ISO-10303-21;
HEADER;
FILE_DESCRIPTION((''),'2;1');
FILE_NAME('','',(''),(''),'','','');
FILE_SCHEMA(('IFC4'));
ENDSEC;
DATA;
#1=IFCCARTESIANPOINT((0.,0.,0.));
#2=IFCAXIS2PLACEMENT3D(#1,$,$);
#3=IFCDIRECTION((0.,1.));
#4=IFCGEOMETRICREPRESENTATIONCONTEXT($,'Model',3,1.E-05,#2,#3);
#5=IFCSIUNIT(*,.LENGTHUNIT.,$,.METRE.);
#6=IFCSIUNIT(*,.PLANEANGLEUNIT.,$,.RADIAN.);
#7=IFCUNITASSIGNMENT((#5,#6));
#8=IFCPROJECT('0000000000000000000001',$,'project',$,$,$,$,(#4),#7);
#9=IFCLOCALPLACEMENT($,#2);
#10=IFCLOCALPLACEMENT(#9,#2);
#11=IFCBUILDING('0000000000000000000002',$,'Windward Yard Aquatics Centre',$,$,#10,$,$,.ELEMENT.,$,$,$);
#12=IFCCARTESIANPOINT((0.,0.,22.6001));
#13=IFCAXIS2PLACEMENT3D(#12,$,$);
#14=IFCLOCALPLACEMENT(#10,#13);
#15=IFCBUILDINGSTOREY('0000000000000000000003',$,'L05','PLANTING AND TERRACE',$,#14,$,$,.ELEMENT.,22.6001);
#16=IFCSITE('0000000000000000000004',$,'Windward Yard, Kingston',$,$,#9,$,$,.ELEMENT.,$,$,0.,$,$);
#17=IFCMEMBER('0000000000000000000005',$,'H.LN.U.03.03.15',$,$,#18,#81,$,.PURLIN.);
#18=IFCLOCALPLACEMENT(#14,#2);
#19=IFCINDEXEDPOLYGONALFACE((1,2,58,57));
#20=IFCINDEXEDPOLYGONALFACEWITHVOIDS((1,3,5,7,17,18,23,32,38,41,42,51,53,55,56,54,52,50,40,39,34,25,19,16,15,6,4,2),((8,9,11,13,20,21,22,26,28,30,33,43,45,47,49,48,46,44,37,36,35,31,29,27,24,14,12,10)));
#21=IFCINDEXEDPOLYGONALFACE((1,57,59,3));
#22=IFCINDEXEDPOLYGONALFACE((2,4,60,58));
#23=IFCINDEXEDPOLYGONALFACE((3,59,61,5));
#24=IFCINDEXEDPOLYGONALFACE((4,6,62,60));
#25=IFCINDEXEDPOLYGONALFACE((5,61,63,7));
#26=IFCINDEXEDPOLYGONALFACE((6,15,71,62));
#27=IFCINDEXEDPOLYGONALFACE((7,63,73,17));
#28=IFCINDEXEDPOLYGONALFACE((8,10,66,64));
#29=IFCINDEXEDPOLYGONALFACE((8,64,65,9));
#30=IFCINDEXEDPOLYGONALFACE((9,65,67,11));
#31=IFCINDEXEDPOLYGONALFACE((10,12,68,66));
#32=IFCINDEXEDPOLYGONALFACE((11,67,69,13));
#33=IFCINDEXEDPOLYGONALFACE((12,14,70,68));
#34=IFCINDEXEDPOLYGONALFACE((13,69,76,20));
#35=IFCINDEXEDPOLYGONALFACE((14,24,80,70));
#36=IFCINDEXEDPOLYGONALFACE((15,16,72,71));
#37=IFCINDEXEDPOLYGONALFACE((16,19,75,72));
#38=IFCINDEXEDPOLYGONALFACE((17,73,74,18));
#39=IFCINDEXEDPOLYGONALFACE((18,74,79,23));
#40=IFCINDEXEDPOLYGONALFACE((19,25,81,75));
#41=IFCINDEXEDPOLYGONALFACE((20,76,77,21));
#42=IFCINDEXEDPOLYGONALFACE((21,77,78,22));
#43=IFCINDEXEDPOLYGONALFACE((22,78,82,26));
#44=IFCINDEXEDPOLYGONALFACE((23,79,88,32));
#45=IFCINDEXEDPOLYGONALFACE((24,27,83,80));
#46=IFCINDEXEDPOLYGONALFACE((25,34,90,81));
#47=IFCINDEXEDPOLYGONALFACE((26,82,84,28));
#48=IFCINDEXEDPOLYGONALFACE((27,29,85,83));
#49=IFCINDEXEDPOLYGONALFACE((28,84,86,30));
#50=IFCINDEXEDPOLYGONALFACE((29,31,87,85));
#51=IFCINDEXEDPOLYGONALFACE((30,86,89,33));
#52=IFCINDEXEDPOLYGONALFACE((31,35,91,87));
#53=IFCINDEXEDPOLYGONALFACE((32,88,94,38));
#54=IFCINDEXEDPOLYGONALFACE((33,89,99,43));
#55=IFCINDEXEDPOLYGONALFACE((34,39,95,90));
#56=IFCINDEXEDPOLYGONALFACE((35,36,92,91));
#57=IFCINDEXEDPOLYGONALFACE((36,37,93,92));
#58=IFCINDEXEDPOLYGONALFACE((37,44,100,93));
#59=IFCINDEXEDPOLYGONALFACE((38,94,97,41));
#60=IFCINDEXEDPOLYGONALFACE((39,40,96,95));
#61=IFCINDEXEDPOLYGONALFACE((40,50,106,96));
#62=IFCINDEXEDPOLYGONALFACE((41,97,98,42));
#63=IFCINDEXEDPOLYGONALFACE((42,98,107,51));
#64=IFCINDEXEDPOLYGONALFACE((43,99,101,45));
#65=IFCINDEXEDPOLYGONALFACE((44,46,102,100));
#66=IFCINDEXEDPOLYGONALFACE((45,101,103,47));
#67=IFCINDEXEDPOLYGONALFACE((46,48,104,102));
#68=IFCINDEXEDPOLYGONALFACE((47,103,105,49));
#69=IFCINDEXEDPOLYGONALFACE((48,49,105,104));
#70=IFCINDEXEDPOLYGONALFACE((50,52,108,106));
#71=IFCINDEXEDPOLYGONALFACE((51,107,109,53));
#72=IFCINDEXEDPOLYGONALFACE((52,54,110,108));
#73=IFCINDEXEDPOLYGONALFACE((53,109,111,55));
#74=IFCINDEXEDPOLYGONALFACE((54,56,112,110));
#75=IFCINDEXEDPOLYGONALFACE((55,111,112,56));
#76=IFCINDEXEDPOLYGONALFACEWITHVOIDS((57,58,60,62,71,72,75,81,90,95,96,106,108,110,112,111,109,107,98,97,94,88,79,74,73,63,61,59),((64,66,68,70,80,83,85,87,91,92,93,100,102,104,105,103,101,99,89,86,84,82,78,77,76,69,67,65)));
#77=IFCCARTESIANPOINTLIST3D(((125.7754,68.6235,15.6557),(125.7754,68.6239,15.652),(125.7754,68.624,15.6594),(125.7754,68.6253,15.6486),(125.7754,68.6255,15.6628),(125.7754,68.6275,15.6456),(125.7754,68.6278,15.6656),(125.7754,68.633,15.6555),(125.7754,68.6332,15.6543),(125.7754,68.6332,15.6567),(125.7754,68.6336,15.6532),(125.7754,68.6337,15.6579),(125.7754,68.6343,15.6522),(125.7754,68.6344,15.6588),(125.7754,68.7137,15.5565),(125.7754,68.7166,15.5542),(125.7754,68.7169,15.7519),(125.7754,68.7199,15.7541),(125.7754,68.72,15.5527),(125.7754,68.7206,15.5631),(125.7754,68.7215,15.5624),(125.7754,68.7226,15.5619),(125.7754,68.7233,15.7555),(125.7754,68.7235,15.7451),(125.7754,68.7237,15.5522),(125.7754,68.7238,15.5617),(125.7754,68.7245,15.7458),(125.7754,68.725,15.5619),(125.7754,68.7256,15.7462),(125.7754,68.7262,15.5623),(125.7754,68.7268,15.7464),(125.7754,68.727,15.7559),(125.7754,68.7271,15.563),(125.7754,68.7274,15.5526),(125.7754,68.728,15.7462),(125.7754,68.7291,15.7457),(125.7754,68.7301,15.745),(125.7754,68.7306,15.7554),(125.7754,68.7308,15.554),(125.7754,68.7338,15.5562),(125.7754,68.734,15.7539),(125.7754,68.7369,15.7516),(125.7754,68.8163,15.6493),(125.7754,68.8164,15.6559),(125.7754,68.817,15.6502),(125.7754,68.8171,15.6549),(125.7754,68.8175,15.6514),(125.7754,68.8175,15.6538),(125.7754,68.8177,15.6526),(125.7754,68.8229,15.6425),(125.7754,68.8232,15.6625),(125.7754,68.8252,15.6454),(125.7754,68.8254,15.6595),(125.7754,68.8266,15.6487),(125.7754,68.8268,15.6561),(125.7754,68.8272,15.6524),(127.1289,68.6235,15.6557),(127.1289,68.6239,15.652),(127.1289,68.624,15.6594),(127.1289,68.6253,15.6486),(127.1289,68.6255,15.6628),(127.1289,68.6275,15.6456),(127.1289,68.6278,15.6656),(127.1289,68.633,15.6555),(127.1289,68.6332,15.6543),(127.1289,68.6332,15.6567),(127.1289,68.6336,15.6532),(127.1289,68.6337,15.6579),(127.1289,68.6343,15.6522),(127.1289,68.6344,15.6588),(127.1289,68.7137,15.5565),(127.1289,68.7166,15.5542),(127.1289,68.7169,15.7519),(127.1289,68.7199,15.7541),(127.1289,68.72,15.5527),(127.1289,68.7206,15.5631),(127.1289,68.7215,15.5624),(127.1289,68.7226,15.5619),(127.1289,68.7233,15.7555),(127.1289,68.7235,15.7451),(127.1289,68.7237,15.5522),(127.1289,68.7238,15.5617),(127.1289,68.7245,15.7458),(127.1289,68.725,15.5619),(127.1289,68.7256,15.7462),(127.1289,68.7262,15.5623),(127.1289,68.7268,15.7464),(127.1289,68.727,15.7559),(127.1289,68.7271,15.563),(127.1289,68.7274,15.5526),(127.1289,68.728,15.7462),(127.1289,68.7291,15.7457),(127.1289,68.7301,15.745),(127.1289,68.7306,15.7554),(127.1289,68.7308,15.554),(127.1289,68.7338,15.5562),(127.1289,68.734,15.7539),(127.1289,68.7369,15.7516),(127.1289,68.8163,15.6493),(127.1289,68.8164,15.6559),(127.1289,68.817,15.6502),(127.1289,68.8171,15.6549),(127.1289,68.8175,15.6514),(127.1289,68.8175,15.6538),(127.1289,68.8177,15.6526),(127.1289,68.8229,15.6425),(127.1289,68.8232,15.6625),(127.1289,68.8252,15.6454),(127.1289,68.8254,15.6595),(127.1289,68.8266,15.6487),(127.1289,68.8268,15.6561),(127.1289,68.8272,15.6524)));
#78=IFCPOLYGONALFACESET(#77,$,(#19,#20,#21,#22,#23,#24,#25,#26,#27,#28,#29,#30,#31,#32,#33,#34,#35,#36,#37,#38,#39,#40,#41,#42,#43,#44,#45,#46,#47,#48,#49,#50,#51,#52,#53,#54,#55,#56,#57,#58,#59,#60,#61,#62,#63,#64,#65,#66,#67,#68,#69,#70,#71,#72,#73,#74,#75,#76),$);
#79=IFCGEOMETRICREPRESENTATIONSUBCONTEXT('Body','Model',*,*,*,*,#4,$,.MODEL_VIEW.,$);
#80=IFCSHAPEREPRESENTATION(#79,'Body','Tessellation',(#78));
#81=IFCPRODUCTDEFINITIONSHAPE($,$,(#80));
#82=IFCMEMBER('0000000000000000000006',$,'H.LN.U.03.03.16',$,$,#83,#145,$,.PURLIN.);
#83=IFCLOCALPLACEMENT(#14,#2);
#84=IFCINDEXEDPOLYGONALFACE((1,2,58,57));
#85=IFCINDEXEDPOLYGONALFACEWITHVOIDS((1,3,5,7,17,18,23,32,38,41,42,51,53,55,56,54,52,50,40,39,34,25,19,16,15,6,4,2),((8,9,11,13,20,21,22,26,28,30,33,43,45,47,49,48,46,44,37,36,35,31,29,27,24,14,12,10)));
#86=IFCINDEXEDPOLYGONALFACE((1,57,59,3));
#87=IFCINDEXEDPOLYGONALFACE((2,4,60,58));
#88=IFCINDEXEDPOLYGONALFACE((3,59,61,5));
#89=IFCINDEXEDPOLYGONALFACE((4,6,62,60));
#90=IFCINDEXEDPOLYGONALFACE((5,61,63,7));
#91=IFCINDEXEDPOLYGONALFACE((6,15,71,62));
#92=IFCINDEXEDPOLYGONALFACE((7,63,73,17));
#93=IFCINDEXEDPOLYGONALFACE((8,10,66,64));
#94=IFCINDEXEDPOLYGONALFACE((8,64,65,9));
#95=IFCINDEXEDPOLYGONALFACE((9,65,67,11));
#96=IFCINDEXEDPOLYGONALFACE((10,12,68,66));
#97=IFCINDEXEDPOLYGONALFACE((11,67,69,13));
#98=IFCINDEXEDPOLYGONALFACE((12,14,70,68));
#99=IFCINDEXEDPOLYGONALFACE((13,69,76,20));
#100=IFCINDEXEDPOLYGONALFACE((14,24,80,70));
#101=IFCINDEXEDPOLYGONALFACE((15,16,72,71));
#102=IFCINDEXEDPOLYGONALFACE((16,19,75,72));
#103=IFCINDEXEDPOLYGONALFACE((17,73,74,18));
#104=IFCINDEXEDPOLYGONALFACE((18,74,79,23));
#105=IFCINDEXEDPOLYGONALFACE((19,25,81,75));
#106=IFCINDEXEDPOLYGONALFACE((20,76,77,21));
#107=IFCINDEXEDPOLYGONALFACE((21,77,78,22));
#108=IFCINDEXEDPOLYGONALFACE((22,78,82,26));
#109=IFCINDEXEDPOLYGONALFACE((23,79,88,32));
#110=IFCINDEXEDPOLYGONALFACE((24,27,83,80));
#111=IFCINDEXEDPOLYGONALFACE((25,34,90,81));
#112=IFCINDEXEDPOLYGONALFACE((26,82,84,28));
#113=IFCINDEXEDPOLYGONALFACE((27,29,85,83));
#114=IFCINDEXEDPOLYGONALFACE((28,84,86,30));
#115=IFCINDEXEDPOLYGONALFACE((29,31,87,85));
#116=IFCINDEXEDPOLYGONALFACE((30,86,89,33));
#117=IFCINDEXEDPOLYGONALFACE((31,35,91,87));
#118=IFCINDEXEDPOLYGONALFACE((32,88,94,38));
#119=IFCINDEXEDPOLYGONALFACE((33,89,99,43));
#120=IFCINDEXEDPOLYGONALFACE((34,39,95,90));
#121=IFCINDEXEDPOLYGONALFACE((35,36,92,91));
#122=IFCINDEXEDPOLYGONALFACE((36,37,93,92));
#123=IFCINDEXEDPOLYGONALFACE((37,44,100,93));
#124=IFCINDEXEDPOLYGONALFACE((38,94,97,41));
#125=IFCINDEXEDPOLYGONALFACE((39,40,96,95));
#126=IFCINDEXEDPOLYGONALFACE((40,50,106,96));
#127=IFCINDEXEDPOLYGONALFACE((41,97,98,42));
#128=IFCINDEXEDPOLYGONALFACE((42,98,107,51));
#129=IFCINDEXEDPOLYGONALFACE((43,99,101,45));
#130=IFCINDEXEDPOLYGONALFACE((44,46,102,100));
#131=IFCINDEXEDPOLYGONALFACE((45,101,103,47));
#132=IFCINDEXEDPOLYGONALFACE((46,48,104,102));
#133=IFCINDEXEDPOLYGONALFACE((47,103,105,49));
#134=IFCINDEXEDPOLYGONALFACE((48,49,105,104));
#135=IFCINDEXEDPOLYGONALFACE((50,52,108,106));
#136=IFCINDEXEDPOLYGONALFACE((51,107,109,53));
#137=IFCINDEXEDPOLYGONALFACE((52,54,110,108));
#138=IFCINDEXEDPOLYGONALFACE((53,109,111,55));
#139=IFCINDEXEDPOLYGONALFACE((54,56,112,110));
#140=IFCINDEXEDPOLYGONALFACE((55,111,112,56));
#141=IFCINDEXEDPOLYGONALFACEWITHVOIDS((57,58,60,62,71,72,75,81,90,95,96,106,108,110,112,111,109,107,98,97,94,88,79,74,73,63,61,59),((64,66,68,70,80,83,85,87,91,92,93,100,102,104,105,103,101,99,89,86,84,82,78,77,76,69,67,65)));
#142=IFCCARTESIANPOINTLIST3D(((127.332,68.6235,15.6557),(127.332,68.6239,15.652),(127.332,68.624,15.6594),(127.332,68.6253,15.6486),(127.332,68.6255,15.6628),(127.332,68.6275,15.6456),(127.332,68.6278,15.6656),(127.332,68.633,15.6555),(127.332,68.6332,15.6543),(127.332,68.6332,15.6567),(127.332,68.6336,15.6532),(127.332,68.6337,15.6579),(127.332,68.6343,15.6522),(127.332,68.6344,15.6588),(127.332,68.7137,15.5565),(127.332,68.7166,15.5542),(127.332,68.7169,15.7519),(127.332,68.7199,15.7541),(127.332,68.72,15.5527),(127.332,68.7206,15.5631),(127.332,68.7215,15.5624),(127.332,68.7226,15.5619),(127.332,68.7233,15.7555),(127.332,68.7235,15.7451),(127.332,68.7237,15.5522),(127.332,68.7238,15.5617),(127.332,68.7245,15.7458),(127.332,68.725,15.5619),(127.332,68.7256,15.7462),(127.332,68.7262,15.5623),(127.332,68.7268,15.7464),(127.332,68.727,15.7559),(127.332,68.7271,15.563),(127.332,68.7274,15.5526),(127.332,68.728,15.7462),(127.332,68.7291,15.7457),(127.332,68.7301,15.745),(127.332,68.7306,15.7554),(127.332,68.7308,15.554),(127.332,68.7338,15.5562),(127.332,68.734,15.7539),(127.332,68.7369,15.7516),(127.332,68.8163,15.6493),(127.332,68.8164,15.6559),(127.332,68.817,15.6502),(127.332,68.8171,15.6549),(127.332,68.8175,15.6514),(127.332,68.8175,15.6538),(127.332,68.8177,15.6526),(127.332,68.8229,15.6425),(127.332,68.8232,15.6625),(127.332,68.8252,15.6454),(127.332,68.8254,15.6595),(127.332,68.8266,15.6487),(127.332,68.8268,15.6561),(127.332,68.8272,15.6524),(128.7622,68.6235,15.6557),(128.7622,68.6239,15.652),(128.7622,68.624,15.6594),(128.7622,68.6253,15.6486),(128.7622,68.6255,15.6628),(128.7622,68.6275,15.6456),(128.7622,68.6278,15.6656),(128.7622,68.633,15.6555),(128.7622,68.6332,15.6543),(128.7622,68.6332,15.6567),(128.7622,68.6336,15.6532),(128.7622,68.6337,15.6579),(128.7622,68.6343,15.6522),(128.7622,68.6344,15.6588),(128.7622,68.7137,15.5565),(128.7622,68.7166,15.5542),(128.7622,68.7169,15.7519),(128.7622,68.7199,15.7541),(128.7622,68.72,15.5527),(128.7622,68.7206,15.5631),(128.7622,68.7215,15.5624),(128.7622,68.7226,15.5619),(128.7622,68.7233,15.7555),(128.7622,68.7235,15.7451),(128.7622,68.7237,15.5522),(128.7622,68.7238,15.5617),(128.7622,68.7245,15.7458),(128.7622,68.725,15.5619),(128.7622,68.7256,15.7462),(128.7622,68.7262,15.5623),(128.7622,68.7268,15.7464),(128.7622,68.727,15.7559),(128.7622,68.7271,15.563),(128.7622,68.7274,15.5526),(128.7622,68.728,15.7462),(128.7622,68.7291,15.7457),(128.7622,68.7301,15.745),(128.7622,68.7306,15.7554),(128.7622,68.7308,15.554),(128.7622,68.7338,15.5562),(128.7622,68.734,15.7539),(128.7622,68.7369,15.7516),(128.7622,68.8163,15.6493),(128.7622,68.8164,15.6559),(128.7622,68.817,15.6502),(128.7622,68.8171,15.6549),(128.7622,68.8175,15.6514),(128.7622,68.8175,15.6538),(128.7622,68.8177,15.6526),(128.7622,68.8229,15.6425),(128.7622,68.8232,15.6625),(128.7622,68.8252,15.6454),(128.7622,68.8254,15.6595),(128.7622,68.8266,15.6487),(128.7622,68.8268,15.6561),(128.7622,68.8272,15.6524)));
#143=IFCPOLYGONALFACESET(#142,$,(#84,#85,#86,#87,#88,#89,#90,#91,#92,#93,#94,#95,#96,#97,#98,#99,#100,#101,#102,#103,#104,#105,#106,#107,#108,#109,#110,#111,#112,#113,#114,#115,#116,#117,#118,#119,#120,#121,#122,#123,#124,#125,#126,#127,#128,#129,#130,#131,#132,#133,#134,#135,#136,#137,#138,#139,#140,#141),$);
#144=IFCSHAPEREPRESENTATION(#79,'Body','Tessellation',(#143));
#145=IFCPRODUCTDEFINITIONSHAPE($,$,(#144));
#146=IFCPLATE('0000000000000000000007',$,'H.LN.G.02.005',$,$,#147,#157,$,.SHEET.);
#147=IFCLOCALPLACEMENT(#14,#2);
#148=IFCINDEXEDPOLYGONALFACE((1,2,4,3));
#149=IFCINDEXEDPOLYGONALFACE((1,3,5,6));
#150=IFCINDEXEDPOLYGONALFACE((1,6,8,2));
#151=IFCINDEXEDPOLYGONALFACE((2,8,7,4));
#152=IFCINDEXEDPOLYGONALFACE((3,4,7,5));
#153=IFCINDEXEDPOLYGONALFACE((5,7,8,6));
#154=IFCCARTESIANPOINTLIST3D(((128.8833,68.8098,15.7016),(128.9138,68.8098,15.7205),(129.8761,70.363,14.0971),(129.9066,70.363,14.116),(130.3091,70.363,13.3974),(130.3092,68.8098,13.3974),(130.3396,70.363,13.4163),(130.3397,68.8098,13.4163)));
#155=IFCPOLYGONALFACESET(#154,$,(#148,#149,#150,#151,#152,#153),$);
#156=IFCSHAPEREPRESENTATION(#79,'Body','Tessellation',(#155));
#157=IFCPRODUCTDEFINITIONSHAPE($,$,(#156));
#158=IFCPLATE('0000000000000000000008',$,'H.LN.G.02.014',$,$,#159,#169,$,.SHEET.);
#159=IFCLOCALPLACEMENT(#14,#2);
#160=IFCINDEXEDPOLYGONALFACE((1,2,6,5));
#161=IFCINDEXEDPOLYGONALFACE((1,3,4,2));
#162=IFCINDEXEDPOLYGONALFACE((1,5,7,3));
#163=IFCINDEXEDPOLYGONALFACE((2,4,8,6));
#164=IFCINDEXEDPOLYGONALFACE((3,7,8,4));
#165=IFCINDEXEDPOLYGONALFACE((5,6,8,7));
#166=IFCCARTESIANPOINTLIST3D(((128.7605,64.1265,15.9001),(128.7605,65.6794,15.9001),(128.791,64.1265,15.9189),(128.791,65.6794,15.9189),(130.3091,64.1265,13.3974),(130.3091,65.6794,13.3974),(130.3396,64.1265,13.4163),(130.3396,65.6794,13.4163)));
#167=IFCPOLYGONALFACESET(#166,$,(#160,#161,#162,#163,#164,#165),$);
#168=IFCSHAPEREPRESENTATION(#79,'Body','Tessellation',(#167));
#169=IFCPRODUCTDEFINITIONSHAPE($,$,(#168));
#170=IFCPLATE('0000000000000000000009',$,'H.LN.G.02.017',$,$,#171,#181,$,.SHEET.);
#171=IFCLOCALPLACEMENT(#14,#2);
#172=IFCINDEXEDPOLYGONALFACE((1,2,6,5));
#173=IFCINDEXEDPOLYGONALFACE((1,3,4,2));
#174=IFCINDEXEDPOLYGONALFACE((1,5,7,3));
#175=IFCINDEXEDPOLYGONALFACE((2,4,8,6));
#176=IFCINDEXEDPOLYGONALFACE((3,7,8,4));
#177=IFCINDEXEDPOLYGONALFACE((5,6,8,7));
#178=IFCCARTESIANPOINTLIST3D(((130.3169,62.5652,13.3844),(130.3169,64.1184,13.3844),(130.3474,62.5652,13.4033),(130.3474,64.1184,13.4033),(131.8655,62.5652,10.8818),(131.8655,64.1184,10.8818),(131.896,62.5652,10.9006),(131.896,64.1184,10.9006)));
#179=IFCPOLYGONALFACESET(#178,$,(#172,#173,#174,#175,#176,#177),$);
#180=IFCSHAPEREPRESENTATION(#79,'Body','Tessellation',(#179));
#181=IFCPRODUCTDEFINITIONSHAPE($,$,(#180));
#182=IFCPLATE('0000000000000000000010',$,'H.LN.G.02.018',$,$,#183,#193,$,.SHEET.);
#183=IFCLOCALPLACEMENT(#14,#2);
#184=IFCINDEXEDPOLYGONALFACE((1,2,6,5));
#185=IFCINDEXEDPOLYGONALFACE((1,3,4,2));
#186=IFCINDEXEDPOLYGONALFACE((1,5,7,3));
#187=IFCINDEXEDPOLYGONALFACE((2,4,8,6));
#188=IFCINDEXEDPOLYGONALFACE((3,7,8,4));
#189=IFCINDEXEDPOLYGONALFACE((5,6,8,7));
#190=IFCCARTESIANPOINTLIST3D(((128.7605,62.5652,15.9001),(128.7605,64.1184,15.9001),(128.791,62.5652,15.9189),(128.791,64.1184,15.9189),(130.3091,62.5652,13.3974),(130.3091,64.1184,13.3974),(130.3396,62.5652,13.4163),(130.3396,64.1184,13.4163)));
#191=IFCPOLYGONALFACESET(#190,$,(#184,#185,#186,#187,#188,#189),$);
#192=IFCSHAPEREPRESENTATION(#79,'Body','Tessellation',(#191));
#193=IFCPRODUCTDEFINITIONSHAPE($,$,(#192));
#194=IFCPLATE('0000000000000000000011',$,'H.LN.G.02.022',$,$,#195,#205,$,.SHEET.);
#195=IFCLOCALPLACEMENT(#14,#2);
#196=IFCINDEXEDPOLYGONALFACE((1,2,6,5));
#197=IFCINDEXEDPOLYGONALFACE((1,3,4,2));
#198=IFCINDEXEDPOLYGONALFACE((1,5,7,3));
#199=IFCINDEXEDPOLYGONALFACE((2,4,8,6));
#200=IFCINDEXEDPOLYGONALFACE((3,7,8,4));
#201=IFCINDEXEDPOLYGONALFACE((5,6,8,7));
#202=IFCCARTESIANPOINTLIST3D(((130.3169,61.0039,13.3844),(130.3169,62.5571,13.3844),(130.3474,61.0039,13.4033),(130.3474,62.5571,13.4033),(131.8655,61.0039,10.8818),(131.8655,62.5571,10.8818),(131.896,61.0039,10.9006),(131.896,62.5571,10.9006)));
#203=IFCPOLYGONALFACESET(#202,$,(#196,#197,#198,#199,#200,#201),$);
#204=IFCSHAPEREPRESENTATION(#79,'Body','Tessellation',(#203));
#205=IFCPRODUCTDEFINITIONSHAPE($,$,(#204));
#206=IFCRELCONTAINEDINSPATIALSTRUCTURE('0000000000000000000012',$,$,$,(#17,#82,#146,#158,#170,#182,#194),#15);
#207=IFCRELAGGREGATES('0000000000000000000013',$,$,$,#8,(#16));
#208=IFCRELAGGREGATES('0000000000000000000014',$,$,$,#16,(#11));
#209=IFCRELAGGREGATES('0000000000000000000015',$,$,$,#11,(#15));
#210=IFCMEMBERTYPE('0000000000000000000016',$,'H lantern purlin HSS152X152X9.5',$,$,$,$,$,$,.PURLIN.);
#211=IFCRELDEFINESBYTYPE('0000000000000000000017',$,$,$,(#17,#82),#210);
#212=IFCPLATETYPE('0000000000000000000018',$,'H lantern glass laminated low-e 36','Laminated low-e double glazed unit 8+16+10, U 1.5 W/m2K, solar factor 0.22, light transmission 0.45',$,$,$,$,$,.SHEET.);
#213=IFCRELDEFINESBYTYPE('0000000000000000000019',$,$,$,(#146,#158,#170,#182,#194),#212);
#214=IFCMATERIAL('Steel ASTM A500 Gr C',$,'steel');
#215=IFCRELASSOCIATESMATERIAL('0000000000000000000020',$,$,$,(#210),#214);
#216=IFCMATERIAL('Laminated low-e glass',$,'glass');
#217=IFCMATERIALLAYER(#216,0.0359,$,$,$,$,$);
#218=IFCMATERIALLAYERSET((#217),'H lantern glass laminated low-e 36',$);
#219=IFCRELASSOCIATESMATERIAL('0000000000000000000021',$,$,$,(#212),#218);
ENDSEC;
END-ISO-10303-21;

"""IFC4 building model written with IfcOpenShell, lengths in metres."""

from ifc_helpers import new_model, si_unit, direction, frame, origin, origin_2d, place, context, subcontext, project, spatial, polyline, hollow_rectangle, outline, extrude, material, layer, layer_set, material_profile, profile_set, type_object, element, save


model = new_model("IFC4")

# Units and contexts
model_context = context("Model", 3, precision=1e-05, world=origin(), true_north=direction((0.0, 1.0)))
body_context = subcontext(model_context, "Body", "Model", "MODEL_VIEW")
ifc_project = project(units=[si_unit("LENGTHUNIT", "METRE"), si_unit("PLANEANGLEUNIT", "RADIAN")], contexts=[model_context])

# Site, building, storey
site_placement = place(None, origin())
site = spatial("IfcSite", under=ifc_project, at=site_placement, Name="Windward Yard, Kingston", CompositionType="ELEMENT", RefElevation=0.0)
building_placement = place(site_placement, origin())
building = spatial("IfcBuilding", under=site, at=building_placement, Name="Windward Yard Aquatics Centre", CompositionType="ELEMENT")
storey_placement = place(building_placement, frame((0.0, 0.0, 22.6001)))
storey = spatial("IfcBuildingStorey", under=building, at=storey_placement, Name="L05", Description="PLANTING AND TERRACE", CompositionType="ELEMENT", Elevation=22.6001)

# Members
ifc_material_1 = material(Name="Steel ASTM A500 Gr C", Category="steel")
ifc_material_profile = material_profile(ifc_material_1, hollow_rectangle(XDim=0.1523, YDim=0.1523, WallThickness=0.0095, InnerFilletRadius=0.0046, OuterFilletRadius=0.0142, at=origin_2d()), Name="HSS152X152X9.5")
ifc_profile_set = profile_set([ifc_material_profile], Name="Steel ASTM A500 Gr C")
member_type = type_object("IfcMemberType", Name="H lantern purlin HSS152X152X9.5", PredefinedType="PURLIN", material=ifc_profile_set)
member_1_placement = place(storey_placement, frame((125.7754, 68.7253, 15.6541), z_axis=(1.0, 0.0, 0.0), x_axis=(0.0, 0.69555, -0.718477)))
element("IfcMember", 1, at=member_1_placement, inside=storey, type_object=member_type, Name="H.LN.U.03.03.15", PredefinedType="PURLIN", context=body_context, shape_type="SweptSolid", body=[
    extrude(hollow_rectangle(XDim=0.1523, YDim=0.1523, WallThickness=0.0095, InnerFilletRadius=0.0046, OuterFilletRadius=0.0142, at=origin_2d()), origin(), (0.0, 0.0, 1.0), 1.3535),
])
member_2_placement = place(storey_placement, frame((127.332, 68.7253, 15.6541), z_axis=(1.0, 0.0, 0.0), x_axis=(0.0, 0.69555, -0.718477)))
element("IfcMember", 2, at=member_2_placement, inside=storey, type_object=member_type, Name="H.LN.U.03.03.16", PredefinedType="PURLIN", context=body_context, shape_type="SweptSolid", body=[
    extrude(hollow_rectangle(XDim=0.1523, YDim=0.1523, WallThickness=0.0095, InnerFilletRadius=0.0046, OuterFilletRadius=0.0142, at=origin_2d()), origin(), (0.0, 0.0, 1.0), 1.4302),
])

# Plates
ifc_material_2 = material(Name="Laminated low-e glass", Category="glass")
ifc_layer = layer(ifc_material_2, 0.0359)
ifc_layer_set = layer_set([ifc_layer], Name="H lantern glass laminated low-e 36")
plate_type = type_object("IfcPlateType", Name="H lantern glass laminated low-e 36", Description="Laminated low-e double glazed unit 8+16+10, U 1.5 W/m2K, solar factor 0.22, light transmission 0.45", PredefinedType="SHEET", material=ifc_layer_set)
plate_1_placement = place(storey_placement, frame((128.9138, 68.8098, 15.7205), z_axis=(0.850351, 0.000061, 0.526217), x_axis=(0.40623, 0.635569, -0.656528)))
element("IfcPlate", 3, at=plate_1_placement, inside=storey, type_object=plate_type, Name="H.LN.G.02.005", PredefinedType="SHEET", context=body_context, shape_type="SweptSolid", body=[
    extrude(outline(polyline([(0.0, 0.0), (2.4438, 0.0), (3.0791, -0.523), (2.092, -1.7222), (0.0, 0.0)])), origin(), (0.0, 0.0, -1.0), 0.0359),
])
plate_2_placement = place(storey_placement, frame((128.791, 64.1265, 15.9189), z_axis=(0.850371, 0.0, 0.526183), x_axis=(0.0, 1.0, 0.0)))
element("IfcPlate", 4, at=plate_2_placement, inside=storey, type_object=plate_type, Name="H.LN.G.02.014", PredefinedType="SHEET", context=body_context, shape_type="SweptSolid", body=[
    extrude(outline(polyline([(0.0, 0.0), (1.553, 0.0), (1.553, -2.9431), (0.0, -2.9431), (0.0, 0.0)])), origin(), (0.0, 0.0, -1.0), 0.0359),
])
for number, where, z_axis, x_axis, name in (
    (5, (130.3474, 62.5652, 13.4033), (0.850371, 0.0, 0.526183), (0.0, 1.0, 0.0), "H.LN.G.02.017"),
    (6, (128.791, 62.5652, 15.9189), (0.850371, 0.0, 0.526183), (0.0, 1.0, 0.0), "H.LN.G.02.018"),
    (7, (130.3474, 61.0039, 13.4033), (0.850371, 0.0, 0.526183), (0.0, 1.0, 0.0), "H.LN.G.02.022"),
):
    element("IfcPlate", number, at=place(storey_placement, frame(where, z_axis=z_axis, x_axis=x_axis)), inside=storey, type_object=plate_type, Name=name, PredefinedType="SHEET", context=body_context, shape_type="SweptSolid", body=[
        extrude(outline(polyline([(0.0, 0.0), (1.5532, 0.0), (1.5532, -2.9431), (0.0, -2.9431), (0.0, 0.0)])), origin(), (0.0, 0.0, -1.0), 0.0359),
    ])

save(model, "model.ifc")
